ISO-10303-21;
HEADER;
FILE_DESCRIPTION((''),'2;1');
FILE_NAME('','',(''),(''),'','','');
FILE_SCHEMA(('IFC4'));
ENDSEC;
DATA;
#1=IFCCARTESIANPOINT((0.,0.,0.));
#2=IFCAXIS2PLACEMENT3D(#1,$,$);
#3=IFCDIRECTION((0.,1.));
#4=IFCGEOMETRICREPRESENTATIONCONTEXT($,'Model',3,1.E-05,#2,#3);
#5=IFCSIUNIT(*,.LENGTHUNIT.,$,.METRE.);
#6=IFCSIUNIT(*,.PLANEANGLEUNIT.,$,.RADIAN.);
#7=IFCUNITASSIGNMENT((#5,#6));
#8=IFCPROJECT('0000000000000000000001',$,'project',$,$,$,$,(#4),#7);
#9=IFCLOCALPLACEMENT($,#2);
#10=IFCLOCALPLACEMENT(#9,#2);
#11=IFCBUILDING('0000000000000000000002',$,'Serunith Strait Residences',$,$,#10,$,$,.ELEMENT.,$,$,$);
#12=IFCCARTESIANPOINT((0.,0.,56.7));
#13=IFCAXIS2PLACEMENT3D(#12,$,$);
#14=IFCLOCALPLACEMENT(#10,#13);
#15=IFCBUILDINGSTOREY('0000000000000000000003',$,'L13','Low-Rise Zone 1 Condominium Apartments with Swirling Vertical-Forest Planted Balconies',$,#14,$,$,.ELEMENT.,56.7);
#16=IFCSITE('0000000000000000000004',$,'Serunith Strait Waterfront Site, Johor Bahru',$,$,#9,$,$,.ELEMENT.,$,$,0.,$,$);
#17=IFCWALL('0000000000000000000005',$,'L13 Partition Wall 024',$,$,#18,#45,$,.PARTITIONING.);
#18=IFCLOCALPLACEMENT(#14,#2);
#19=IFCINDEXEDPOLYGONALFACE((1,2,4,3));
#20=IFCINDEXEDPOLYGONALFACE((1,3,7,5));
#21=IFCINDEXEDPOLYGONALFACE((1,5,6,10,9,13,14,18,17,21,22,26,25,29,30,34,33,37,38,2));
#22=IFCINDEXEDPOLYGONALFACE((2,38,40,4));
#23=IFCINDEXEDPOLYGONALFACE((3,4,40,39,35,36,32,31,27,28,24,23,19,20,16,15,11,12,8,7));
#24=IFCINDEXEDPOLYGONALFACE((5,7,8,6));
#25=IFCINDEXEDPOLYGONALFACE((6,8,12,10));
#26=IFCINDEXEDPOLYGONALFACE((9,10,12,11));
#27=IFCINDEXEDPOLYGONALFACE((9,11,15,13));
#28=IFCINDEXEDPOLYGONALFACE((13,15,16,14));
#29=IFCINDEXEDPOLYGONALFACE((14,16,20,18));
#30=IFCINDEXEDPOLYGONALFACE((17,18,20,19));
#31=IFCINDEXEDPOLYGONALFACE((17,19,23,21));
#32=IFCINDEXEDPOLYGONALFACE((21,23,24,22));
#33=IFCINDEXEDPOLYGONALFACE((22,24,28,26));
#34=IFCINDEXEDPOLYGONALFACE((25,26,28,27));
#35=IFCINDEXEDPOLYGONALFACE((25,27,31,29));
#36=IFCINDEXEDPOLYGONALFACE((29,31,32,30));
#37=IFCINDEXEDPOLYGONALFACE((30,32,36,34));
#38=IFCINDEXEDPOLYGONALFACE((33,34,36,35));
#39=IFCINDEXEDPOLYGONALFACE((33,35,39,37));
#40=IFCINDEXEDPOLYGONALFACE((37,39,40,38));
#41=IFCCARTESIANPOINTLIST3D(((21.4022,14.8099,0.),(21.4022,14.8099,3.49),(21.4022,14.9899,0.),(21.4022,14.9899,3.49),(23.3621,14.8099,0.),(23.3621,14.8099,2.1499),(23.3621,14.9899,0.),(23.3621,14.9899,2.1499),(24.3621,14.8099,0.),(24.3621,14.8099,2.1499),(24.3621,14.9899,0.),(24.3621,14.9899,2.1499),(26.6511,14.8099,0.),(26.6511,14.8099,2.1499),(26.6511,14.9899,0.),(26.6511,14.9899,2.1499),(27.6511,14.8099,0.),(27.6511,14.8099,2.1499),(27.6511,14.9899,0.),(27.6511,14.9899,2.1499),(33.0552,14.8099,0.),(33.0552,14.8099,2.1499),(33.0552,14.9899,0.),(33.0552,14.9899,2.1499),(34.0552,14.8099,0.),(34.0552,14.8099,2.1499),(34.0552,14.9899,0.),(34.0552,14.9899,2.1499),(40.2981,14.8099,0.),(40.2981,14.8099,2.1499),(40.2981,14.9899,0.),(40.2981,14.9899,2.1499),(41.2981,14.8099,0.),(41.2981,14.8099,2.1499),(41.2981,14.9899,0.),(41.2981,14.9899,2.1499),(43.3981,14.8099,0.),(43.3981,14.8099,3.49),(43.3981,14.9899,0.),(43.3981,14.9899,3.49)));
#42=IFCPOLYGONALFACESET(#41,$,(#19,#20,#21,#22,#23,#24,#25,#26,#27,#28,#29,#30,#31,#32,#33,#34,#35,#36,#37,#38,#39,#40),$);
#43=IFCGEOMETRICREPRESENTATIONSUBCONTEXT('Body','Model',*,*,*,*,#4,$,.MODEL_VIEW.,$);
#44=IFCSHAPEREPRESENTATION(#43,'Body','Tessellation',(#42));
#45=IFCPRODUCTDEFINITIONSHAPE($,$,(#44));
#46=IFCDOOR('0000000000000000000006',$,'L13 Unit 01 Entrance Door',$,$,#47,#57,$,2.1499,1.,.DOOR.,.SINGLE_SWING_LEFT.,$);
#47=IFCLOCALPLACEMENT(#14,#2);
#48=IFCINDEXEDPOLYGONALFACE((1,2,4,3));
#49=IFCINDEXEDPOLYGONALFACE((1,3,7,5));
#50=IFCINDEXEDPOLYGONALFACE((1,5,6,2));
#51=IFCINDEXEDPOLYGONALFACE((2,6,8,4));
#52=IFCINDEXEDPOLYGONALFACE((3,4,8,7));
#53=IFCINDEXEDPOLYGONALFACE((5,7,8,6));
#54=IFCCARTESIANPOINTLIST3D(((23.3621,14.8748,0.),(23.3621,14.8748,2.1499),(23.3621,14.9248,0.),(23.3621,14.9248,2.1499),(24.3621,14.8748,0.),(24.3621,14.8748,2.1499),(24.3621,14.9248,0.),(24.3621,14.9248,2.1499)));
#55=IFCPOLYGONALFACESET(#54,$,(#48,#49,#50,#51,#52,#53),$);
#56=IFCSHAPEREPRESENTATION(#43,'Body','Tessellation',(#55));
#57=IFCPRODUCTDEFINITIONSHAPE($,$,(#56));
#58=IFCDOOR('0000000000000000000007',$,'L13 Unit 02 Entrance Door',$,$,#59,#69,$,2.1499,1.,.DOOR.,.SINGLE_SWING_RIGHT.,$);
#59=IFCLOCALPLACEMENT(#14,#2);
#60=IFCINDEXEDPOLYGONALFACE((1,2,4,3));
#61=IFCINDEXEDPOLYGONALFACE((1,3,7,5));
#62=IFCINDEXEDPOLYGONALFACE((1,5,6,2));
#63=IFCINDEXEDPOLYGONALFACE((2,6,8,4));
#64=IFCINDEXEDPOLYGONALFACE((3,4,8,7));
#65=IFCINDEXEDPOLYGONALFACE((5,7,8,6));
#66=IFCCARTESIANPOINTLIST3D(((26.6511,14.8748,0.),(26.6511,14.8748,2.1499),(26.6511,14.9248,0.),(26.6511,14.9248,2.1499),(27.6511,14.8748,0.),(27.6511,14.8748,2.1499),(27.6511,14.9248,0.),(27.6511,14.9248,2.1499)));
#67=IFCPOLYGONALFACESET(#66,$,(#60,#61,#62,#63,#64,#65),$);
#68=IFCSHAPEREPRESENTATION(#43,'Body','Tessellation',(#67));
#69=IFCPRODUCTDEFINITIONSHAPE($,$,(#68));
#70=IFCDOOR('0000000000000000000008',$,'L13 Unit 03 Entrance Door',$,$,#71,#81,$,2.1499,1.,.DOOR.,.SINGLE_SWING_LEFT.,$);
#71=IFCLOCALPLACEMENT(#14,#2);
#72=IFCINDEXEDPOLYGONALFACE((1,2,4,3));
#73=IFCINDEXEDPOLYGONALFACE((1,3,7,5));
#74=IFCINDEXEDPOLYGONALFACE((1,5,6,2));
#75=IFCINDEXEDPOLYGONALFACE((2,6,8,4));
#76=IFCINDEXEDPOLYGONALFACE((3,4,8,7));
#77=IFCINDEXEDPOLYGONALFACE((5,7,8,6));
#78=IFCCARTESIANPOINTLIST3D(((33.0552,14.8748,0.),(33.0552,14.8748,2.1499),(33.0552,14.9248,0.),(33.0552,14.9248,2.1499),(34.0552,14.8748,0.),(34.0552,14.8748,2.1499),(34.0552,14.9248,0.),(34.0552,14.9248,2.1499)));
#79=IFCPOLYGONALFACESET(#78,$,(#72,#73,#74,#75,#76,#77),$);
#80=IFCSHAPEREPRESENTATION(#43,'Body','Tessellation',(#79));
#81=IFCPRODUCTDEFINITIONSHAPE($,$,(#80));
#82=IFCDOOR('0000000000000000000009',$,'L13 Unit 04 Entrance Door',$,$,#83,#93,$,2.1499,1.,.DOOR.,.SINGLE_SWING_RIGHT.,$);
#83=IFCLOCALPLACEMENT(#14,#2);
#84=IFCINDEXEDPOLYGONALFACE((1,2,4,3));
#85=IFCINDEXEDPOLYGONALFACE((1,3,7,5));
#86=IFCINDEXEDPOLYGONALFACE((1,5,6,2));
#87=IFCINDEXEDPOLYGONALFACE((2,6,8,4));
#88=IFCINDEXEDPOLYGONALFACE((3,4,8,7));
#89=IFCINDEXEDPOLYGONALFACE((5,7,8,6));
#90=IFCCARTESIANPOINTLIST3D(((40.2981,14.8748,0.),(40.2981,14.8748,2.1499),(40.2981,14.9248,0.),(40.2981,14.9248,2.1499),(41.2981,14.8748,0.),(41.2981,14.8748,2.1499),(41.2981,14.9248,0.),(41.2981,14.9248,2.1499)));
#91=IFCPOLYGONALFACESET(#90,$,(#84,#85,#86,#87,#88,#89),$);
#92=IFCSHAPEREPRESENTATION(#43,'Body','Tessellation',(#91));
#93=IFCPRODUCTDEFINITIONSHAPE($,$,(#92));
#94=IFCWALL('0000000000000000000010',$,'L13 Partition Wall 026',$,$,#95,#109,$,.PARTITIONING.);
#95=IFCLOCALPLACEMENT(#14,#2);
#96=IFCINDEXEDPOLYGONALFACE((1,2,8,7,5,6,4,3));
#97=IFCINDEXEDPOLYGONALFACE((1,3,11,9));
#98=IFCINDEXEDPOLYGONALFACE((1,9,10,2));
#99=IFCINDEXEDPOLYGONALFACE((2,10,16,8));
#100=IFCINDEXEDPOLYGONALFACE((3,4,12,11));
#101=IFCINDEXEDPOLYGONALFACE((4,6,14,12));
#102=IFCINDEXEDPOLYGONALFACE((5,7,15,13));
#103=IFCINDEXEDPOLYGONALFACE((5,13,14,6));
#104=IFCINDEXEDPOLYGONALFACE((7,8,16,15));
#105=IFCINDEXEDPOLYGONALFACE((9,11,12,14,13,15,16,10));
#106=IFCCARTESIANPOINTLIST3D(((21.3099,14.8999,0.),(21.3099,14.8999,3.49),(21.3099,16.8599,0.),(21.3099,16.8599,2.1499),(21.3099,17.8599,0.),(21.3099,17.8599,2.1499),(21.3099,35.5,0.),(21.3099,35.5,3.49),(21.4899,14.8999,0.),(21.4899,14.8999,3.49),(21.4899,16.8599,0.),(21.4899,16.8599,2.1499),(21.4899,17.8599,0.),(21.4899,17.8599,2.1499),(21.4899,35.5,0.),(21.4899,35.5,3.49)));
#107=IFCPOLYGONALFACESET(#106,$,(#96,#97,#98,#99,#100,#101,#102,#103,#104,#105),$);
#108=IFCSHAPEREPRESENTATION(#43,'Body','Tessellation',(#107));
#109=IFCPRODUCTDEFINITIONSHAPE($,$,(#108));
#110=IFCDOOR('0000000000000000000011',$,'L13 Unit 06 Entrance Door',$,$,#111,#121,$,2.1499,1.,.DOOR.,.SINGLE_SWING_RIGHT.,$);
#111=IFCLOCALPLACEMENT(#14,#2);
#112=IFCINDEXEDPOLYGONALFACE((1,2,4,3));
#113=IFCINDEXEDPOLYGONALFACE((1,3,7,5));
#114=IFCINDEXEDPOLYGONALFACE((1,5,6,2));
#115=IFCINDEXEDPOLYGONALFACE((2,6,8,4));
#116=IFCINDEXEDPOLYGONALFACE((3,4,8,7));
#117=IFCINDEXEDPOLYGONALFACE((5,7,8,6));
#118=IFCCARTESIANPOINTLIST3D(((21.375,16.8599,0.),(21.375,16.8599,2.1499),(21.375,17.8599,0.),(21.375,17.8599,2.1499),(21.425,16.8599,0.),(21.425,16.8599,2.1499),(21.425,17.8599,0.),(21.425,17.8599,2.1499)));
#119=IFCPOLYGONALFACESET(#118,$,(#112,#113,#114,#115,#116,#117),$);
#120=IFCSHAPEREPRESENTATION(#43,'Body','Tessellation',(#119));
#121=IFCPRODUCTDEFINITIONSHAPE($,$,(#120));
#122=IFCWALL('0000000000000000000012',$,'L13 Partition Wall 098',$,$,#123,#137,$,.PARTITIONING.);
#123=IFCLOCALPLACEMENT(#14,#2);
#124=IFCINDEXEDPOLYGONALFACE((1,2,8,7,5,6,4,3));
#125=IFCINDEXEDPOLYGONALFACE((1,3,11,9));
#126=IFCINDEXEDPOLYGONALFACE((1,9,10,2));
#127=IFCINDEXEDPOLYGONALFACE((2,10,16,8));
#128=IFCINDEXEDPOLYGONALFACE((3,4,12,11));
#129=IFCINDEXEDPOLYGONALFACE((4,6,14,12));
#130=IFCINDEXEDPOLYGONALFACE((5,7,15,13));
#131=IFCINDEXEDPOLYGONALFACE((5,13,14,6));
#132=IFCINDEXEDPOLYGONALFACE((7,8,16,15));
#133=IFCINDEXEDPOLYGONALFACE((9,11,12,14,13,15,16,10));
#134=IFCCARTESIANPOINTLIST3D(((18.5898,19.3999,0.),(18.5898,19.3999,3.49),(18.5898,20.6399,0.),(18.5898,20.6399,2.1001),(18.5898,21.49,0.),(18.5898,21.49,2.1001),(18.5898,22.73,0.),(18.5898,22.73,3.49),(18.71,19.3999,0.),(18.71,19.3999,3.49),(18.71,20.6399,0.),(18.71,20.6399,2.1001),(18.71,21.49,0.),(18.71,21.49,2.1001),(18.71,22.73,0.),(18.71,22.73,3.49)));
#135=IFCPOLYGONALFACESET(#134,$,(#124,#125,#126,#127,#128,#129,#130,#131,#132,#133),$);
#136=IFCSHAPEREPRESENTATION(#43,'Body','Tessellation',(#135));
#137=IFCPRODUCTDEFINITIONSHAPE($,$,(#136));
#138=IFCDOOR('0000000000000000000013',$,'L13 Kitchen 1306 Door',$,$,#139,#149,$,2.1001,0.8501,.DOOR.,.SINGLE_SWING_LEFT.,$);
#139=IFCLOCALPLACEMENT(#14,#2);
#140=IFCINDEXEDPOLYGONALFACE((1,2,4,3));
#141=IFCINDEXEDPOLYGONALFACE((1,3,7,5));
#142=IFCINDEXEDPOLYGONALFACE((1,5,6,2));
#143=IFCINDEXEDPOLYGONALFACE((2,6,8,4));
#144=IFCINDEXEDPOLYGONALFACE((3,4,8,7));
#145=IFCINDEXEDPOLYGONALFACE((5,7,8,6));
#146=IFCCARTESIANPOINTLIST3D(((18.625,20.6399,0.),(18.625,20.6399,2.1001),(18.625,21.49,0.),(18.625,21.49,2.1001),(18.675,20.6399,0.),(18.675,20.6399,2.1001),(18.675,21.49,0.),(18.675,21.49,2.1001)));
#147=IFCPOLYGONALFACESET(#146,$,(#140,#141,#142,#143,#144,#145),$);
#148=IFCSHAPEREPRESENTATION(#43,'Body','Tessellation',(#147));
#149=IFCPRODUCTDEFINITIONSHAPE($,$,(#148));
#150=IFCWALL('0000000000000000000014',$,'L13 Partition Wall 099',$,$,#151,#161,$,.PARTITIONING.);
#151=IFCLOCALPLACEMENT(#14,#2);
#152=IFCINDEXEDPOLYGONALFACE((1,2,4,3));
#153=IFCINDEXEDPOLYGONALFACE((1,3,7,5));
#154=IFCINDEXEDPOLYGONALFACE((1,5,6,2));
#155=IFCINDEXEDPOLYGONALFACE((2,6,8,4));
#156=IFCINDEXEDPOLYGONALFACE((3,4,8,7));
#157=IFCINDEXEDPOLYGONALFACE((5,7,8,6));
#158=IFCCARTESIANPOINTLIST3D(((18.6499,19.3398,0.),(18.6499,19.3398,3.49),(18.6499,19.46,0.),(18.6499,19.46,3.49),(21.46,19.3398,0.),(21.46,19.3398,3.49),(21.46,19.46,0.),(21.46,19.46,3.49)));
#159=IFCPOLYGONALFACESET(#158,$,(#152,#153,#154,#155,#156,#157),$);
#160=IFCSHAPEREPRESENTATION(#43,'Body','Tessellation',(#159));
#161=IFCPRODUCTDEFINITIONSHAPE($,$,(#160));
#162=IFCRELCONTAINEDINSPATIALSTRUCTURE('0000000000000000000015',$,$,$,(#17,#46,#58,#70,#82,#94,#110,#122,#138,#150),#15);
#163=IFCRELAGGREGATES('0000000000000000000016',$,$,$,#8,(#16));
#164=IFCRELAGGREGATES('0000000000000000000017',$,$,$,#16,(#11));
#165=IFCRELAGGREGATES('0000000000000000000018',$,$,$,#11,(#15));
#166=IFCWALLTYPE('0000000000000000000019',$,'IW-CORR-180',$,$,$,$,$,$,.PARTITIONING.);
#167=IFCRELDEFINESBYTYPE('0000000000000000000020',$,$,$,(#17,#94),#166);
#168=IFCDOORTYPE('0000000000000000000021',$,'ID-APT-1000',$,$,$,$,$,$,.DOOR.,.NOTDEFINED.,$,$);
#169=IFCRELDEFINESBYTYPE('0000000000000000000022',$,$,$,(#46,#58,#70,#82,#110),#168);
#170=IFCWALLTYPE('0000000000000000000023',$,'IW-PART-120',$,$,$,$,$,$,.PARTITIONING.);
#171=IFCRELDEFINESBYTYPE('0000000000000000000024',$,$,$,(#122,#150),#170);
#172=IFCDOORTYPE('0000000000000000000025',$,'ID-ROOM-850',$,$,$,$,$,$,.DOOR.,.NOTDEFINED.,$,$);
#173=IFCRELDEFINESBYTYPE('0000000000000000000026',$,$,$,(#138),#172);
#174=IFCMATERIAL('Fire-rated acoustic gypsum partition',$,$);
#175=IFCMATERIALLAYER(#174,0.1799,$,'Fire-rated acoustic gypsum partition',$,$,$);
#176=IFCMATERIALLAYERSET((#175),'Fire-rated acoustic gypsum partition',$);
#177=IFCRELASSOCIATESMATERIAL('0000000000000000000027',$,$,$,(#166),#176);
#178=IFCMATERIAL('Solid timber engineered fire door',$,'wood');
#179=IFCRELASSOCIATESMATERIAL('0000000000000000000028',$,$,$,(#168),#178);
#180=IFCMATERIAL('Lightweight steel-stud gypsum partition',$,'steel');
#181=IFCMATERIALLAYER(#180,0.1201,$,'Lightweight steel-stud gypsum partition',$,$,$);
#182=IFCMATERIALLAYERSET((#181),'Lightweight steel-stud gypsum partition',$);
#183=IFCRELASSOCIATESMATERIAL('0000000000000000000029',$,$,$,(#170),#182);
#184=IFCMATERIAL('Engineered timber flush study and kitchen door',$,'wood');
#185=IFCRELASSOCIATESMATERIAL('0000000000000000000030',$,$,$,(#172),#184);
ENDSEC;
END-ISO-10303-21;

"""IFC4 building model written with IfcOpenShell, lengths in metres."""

from ifc_helpers import new_model, si_unit, direction, frame, frame_2d, origin, place, context, subcontext, project, spatial, rectangle, extrude, source, transform, mapped, material, layer, layer_set, type_object, element, fill, save


model = new_model("IFC4")

# Units and contexts
model_context = context("Model", 3, precision=1e-05, world=origin(), true_north=direction((0.0, 1.0)))
body_context = subcontext(model_context, "Body", "Model", "MODEL_VIEW")
ifc_project = project(units=[si_unit("LENGTHUNIT", "METRE"), si_unit("PLANEANGLEUNIT", "RADIAN")], contexts=[model_context])

# Site, building, storey
site_placement = place(None, origin())
site = spatial("IfcSite", under=ifc_project, at=site_placement, Name="Serunith Strait Waterfront Site, Johor Bahru", CompositionType="ELEMENT", RefElevation=0.0)
building_placement = place(site_placement, origin())
building = spatial("IfcBuilding", under=site, at=building_placement, Name="Serunith Strait Residences", CompositionType="ELEMENT")
storey_placement = place(building_placement, frame((0.0, 0.0, 56.7)))
storey = spatial("IfcBuildingStorey", under=building, at=storey_placement, Name="L13", Description="Low-Rise Zone 1 Condominium Apartments with Swirling Vertical-Forest Planted Balconies", CompositionType="ELEMENT", Elevation=56.7)

# Wall, openings, doors
ifc_material_1 = material(Name="Fire-rated acoustic gypsum partition")
ifc_layer_1 = layer(ifc_material_1, 0.1799, Name="Fire-rated acoustic gypsum partition")
ifc_layer_set_1 = layer_set([ifc_layer_1], Name="Fire-rated acoustic gypsum partition")
wall_type_1 = type_object("IfcWallType", Name="IW-CORR-180", PredefinedType="PARTITIONING", material=ifc_layer_set_1)
wall_1_placement = place(storey_placement, frame((21.4021, 14.8999, 0.0), z_axis=(0.0, 0.0, 1.0), x_axis=(1.0, 0.0, 0.0)))
wall_1 = element("IfcWall", 1, at=wall_1_placement, inside=storey, type_object=wall_type_1, Name="L13 Partition Wall 024", PredefinedType="PARTITIONING", context=body_context, shape_type="SweptSolid", body=[
    extrude(rectangle(XDim=21.9958, YDim=0.1799, at=frame_2d((10.998, 0.0))), origin(), (0.0, 0.0, 1.0), 3.49),
])
opening_1_placement = place(wall_1_placement, frame((1.96, 0.0, 0.0)))
opening_1 = element("IfcOpeningElement", 2, at=opening_1_placement, cuts=wall_1, PredefinedType="OPENING", context=body_context, shape_type="SweptSolid", body=[
    extrude(rectangle(XDim=1.0, YDim=2.1499, at=frame_2d((0.5, 1.075))), frame((0.0, 0.1001, 0.0), z_axis=(0.0, -1.0, 0.0), x_axis=(1.0, 0.0, 0.0)), (0.0, 0.0, 1.0), 0.2),
])
opening_2_placement = place(wall_1_placement, frame((5.249, 0.0, 0.0)))
opening_2 = element("IfcOpeningElement", 3, at=opening_2_placement, cuts=wall_1, PredefinedType="OPENING", context=body_context, shape_type="SweptSolid", body=[
    extrude(rectangle(XDim=1.0, YDim=2.1499, at=frame_2d((0.5, 1.075))), frame((0.0, 0.1001, 0.0), z_axis=(0.0, -1.0, 0.0), x_axis=(1.0, 0.0, 0.0)), (0.0, 0.0, 1.0), 0.2),
])
opening_3_placement = place(wall_1_placement, frame((11.6531, 0.0, 0.0)))
opening_3 = element("IfcOpeningElement", 4, at=opening_3_placement, cuts=wall_1, PredefinedType="OPENING", context=body_context, shape_type="SweptSolid", body=[
    extrude(rectangle(XDim=1.0, YDim=2.1499, at=frame_2d((0.5, 1.075))), frame((0.0, 0.1001, 0.0), z_axis=(0.0, -1.0, 0.0), x_axis=(1.0, 0.0, 0.0)), (0.0, 0.0, 1.0), 0.2),
])
opening_4_placement = place(wall_1_placement, frame((18.896, 0.0, 0.0)))
opening_4 = element("IfcOpeningElement", 5, at=opening_4_placement, cuts=wall_1, PredefinedType="OPENING", context=body_context, shape_type="SweptSolid", body=[
    extrude(rectangle(XDim=1.0, YDim=2.1499, at=frame_2d((0.5, 1.075))), frame((0.0, 0.1001, 0.0), z_axis=(0.0, -1.0, 0.0), x_axis=(1.0, 0.0, 0.0)), (0.0, 0.0, 1.0), 0.2),
])
ifc_material_2 = material(Name="Solid timber engineered fire door", Category="wood")
door_type_1 = type_object("IfcDoorType", Name="ID-APT-1000", OperationType="NOTDEFINED", PredefinedType="DOOR", material=ifc_material_2)
shared_shape_1 = source(origin(), body_context, "Body", "SweptSolid", [
    extrude(rectangle(XDim=1.0, YDim=2.1499, at=frame_2d((0.5, 1.075))), frame((0.0, 0.0249, 0.0), z_axis=(0.0, -1.0, 0.0), x_axis=(1.0, 0.0, 0.0)), (0.0, 0.0, 1.0), 0.05),
])
door_1_placement = place(opening_1_placement, origin())
door_1 = element("IfcDoor", 6, at=door_1_placement, inside=storey, type_object=door_type_1, Name="L13 Unit 01 Entrance Door", OperationType="SINGLE_SWING_LEFT", OverallHeight=2.1499, OverallWidth=1.0, PredefinedType="DOOR", context=body_context, shape_type="MappedRepresentation", body=[
    mapped(shared_shape_1, transform((0.0, 0.0, 0.0), scale=1.0)),
])
fill(opening_1, door_1)
door_2_placement = place(opening_2_placement, origin())
door_2 = element("IfcDoor", 7, at=door_2_placement, inside=storey, type_object=door_type_1, Name="L13 Unit 02 Entrance Door", OperationType="SINGLE_SWING_RIGHT", OverallHeight=2.1499, OverallWidth=1.0, PredefinedType="DOOR", context=body_context, shape_type="MappedRepresentation", body=[
    mapped(shared_shape_1, transform((0.0, 0.0, 0.0), scale=1.0)),
])
fill(opening_2, door_2)
door_3_placement = place(opening_3_placement, origin())
door_3 = element("IfcDoor", 8, at=door_3_placement, inside=storey, type_object=door_type_1, Name="L13 Unit 03 Entrance Door", OperationType="SINGLE_SWING_LEFT", OverallHeight=2.1499, OverallWidth=1.0, PredefinedType="DOOR", context=body_context, shape_type="MappedRepresentation", body=[
    mapped(shared_shape_1, transform((0.0, 0.0, 0.0), scale=1.0)),
])
fill(opening_3, door_3)
door_4_placement = place(opening_4_placement, origin())
door_4 = element("IfcDoor", 9, at=door_4_placement, inside=storey, type_object=door_type_1, Name="L13 Unit 04 Entrance Door", OperationType="SINGLE_SWING_RIGHT", OverallHeight=2.1499, OverallWidth=1.0, PredefinedType="DOOR", context=body_context, shape_type="MappedRepresentation", body=[
    mapped(shared_shape_1, transform((0.0, 0.0, 0.0), scale=1.0)),
])
fill(opening_4, door_4)

# Walls, openings, doors
wall_2_placement = place(storey_placement, frame((21.3999, 14.8999, 0.0), z_axis=(0.0, 0.0, 1.0), x_axis=(0.0, 1.0, 0.0)))
wall_2 = element("IfcWall", 10, at=wall_2_placement, inside=storey, type_object=wall_type_1, Name="L13 Partition Wall 026", PredefinedType="PARTITIONING", context=body_context, shape_type="SweptSolid", body=[
    extrude(rectangle(XDim=20.6001, YDim=0.1799, at=frame_2d((10.3, 0.0))), origin(), (0.0, 0.0, 1.0), 3.49),
])
opening_5_placement = place(wall_2_placement, frame((1.96, 0.0, 0.0)))
opening_5 = element("IfcOpeningElement", 11, at=opening_5_placement, cuts=wall_2, PredefinedType="OPENING", context=body_context, shape_type="SweptSolid", body=[
    extrude(rectangle(XDim=1.0, YDim=2.1499, at=frame_2d((0.5, 1.075))), frame((0.0, 0.1001, 0.0), z_axis=(0.0, -1.0, 0.0), x_axis=(1.0, 0.0, 0.0)), (0.0, 0.0, 1.0), 0.2),
])
door_5_placement = place(opening_5_placement, origin())
door_5 = element("IfcDoor", 12, at=door_5_placement, inside=storey, type_object=door_type_1, Name="L13 Unit 06 Entrance Door", OperationType="SINGLE_SWING_RIGHT", OverallHeight=2.1499, OverallWidth=1.0, PredefinedType="DOOR", context=body_context, shape_type="MappedRepresentation", body=[
    mapped(shared_shape_1, transform((0.0, 0.0, 0.0), scale=1.0)),
])
fill(opening_5, door_5)
ifc_material_3 = material(Name="Lightweight steel-stud gypsum partition", Category="steel")
ifc_layer_2 = layer(ifc_material_3, 0.1201, Name="Lightweight steel-stud gypsum partition")
ifc_layer_set_2 = layer_set([ifc_layer_2], Name="Lightweight steel-stud gypsum partition")
wall_type_2 = type_object("IfcWallType", Name="IW-PART-120", PredefinedType="PARTITIONING", material=ifc_layer_set_2)
wall_3_placement = place(storey_placement, frame((18.6499, 19.3999, 0.0), z_axis=(0.0, 0.0, 1.0), x_axis=(0.0, 1.0, 0.0)))
wall_3 = element("IfcWall", 13, at=wall_3_placement, inside=storey, type_object=wall_type_2, Name="L13 Partition Wall 098", PredefinedType="PARTITIONING", context=body_context, shape_type="SweptSolid", body=[
    extrude(rectangle(XDim=3.3301, YDim=0.1201, at=frame_2d((1.665, 0.0))), origin(), (0.0, 0.0, 1.0), 3.49),
])
opening_6_placement = place(wall_3_placement, frame((1.24, 0.0, 0.0)))
opening_6 = element("IfcOpeningElement", 14, at=opening_6_placement, cuts=wall_3, PredefinedType="OPENING", context=body_context, shape_type="SweptSolid", body=[
    extrude(rectangle(XDim=0.8501, YDim=2.1001, at=frame_2d((0.425, 1.05))), frame((0.0, 0.0701, 0.0), z_axis=(0.0, -1.0, 0.0), x_axis=(1.0, 0.0, 0.0)), (0.0, 0.0, 1.0), 0.1401),
])
ifc_material_4 = material(Name="Engineered timber flush study and kitchen door", Category="wood")
door_type_2 = type_object("IfcDoorType", Name="ID-ROOM-850", OperationType="NOTDEFINED", PredefinedType="DOOR", material=ifc_material_4)
shared_shape_2 = source(origin(), body_context, "Body", "SweptSolid", [
    extrude(rectangle(XDim=0.8501, YDim=2.1001, at=frame_2d((0.425, 1.05))), frame((0.0, 0.0249, 0.0), z_axis=(0.0, -1.0, 0.0), x_axis=(1.0, 0.0, 0.0)), (0.0, 0.0, 1.0), 0.05),
])
door_6_placement = place(opening_6_placement, origin())
door_6 = element("IfcDoor", 15, at=door_6_placement, inside=storey, type_object=door_type_2, Name="L13 Kitchen 1306 Door", OperationType="SINGLE_SWING_LEFT", OverallHeight=2.1001, OverallWidth=0.8501, PredefinedType="DOOR", context=body_context, shape_type="MappedRepresentation", body=[
    mapped(shared_shape_2, transform((0.0, 0.0, 0.0), scale=1.0)),
])
fill(opening_6, door_6)

# Wall
wall_4_placement = place(storey_placement, frame((18.6499, 19.3999, 0.0), z_axis=(0.0, 0.0, 1.0), x_axis=(1.0, 0.0, 0.0)))
element("IfcWall", 16, at=wall_4_placement, inside=storey, type_object=wall_type_2, Name="L13 Partition Wall 099", PredefinedType="PARTITIONING", context=body_context, shape_type="SweptSolid", body=[
    extrude(rectangle(XDim=2.8101, YDim=0.1201, at=frame_2d((1.405, 0.0))), origin(), (0.0, 0.0, 1.0), 3.49),
])

save(model, "model.ifc")
